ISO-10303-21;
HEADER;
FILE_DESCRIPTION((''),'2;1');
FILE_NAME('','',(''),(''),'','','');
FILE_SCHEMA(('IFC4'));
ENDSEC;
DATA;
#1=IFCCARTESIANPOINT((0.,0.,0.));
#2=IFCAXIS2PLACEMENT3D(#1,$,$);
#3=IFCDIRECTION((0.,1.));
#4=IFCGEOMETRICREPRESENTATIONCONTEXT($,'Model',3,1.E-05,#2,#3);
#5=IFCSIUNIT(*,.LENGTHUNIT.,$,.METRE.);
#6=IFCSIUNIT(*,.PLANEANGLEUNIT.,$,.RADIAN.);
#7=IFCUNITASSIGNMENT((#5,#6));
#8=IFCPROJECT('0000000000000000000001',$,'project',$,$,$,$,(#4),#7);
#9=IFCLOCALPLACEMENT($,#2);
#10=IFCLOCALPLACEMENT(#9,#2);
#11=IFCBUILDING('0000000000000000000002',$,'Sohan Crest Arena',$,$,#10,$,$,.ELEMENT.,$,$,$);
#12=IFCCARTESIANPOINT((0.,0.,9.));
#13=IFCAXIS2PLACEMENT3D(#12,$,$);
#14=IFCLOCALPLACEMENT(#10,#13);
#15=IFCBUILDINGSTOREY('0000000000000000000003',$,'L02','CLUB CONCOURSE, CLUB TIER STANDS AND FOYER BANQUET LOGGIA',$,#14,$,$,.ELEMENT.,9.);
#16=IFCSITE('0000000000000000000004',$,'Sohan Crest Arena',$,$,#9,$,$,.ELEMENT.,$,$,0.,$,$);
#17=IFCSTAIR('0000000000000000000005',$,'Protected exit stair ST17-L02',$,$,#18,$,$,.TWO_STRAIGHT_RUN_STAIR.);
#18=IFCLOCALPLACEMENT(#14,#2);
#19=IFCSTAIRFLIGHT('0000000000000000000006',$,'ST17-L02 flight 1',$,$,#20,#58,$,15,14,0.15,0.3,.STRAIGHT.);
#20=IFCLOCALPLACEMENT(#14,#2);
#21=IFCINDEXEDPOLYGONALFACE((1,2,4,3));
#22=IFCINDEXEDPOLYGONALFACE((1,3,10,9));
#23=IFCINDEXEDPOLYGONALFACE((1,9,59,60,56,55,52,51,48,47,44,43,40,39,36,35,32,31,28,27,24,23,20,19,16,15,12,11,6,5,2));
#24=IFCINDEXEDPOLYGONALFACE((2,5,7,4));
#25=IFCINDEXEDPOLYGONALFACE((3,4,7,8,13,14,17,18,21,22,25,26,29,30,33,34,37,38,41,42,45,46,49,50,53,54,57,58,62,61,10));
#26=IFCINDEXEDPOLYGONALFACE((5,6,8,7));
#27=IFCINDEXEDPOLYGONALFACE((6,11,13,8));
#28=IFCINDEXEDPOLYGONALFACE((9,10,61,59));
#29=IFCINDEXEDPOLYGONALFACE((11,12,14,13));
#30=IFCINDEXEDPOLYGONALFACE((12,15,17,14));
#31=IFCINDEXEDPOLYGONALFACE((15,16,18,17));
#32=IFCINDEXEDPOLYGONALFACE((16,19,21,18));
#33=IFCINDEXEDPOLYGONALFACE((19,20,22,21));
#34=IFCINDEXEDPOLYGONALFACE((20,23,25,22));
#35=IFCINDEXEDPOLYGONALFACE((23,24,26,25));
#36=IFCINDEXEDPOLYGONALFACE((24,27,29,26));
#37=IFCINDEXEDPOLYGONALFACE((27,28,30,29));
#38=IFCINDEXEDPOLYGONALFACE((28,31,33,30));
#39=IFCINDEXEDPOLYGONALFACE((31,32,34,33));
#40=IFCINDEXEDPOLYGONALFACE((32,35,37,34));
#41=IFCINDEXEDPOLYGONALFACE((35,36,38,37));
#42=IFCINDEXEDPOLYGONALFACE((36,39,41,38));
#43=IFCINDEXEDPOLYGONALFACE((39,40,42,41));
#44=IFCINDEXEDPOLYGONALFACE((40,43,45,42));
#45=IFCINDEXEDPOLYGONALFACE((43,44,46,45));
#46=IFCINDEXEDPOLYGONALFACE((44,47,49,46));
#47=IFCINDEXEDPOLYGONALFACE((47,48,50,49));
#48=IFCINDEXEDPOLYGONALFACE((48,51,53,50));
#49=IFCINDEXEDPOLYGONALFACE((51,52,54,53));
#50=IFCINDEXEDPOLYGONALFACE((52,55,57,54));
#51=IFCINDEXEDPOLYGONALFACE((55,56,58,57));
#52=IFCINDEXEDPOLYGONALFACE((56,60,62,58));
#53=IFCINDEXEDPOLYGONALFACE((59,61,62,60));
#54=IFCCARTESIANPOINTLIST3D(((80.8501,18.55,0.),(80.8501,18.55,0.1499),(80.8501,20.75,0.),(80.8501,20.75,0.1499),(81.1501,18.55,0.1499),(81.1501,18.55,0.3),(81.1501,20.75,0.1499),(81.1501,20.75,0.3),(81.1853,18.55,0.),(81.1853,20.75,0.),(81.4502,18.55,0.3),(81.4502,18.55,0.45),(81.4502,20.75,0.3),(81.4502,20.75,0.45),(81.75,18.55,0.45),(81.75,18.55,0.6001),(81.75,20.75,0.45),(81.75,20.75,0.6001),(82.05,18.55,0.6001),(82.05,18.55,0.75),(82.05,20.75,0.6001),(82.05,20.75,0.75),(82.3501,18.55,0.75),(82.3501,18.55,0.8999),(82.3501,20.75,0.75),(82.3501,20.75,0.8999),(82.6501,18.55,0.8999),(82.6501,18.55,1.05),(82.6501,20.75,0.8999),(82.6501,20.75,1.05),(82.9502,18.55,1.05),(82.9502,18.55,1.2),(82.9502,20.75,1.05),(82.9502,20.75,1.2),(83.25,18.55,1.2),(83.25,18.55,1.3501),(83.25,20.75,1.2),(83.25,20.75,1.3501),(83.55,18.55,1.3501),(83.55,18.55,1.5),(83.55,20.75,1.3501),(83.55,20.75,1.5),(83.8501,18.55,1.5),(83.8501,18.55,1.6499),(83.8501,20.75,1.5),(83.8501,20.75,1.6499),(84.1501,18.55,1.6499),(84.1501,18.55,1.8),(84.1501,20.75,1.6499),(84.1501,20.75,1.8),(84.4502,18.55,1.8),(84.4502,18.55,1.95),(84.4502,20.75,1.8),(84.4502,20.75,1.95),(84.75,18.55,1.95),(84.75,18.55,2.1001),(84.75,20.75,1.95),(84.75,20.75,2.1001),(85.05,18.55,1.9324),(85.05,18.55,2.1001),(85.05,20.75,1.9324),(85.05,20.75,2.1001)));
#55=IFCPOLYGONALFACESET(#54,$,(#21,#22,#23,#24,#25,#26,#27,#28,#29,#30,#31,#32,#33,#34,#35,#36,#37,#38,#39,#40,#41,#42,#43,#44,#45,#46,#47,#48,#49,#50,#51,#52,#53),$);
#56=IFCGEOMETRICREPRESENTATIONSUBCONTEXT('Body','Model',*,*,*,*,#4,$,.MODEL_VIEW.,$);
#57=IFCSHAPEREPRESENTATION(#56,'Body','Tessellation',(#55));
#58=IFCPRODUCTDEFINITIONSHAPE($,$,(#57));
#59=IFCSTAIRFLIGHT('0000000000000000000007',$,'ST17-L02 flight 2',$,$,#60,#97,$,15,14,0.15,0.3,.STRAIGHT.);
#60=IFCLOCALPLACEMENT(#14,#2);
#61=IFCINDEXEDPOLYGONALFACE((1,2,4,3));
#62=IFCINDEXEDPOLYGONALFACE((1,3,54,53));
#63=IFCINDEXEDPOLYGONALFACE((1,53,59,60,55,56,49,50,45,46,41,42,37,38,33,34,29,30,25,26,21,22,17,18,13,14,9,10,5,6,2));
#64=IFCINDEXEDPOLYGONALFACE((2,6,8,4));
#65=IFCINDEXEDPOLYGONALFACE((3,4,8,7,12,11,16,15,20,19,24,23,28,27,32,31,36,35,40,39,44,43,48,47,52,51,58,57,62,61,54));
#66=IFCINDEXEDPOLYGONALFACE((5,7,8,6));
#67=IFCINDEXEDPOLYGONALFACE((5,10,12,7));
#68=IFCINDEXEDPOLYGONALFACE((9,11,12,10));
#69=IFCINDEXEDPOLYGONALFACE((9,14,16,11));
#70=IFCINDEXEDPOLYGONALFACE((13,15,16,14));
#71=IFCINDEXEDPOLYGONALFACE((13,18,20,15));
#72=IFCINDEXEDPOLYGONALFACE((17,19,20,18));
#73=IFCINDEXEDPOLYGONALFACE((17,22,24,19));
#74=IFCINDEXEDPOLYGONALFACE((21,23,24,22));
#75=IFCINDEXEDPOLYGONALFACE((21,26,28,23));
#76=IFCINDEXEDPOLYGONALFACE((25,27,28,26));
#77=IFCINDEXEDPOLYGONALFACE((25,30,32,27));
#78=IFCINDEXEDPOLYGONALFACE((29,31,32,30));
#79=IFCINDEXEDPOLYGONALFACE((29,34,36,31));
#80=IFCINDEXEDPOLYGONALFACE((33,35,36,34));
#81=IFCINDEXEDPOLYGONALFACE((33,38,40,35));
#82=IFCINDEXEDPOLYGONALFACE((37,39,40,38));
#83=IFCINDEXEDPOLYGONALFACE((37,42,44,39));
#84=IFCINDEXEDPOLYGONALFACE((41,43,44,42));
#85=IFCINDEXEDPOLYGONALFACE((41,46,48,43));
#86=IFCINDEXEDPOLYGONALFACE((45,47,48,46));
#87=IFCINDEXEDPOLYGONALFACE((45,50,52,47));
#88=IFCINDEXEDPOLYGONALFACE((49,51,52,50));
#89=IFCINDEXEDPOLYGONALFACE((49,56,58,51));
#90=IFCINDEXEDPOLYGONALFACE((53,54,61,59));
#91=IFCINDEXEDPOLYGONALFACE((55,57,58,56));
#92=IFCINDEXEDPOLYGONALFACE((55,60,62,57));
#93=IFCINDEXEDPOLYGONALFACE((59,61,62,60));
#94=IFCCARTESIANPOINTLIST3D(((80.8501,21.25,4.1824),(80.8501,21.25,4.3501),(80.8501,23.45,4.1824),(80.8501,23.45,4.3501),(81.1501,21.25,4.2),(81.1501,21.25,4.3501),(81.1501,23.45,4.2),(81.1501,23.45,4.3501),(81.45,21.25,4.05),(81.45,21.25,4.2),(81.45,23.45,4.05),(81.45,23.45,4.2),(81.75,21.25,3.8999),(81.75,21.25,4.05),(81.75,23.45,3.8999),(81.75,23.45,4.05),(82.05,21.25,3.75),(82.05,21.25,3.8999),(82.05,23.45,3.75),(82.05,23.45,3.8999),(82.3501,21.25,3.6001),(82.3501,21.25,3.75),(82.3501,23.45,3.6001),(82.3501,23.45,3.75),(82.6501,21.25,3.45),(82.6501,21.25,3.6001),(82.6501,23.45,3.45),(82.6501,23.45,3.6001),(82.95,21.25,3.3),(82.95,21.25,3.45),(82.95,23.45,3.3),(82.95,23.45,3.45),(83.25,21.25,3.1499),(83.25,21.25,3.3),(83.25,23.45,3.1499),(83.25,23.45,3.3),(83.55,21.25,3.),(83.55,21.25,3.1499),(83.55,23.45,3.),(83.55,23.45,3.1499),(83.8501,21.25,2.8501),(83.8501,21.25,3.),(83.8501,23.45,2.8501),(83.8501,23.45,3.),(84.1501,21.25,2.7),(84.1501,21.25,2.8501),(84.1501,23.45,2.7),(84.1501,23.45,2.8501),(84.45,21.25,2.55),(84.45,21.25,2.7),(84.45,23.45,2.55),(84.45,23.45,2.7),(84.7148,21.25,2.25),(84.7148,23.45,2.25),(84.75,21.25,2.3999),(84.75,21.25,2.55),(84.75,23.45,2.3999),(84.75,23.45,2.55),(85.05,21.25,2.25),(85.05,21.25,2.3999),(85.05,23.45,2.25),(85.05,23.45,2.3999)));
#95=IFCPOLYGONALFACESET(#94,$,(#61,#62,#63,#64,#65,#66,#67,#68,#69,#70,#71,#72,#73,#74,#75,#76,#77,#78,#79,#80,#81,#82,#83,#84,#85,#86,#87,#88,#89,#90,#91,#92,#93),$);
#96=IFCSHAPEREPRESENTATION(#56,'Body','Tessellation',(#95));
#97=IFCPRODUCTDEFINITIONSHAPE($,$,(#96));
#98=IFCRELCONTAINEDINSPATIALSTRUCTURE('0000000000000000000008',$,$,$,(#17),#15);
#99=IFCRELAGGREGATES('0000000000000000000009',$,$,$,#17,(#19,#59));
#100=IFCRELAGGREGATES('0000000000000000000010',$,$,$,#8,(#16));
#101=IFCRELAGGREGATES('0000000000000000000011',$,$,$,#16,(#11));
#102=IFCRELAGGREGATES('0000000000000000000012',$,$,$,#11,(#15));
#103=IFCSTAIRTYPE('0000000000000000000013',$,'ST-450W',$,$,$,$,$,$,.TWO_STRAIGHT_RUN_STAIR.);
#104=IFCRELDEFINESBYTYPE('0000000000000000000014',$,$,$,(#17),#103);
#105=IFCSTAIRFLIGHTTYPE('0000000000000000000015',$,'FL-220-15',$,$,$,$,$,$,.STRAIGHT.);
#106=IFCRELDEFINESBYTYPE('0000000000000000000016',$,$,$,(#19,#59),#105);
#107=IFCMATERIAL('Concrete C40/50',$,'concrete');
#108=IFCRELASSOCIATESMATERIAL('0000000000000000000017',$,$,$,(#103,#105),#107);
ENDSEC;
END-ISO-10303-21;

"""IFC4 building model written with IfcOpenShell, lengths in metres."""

from ifc_helpers import new_model, si_unit, direction, frame, origin, place, context, subcontext, project, spatial, polyline, outline, extrude, material, type_object, element, aggregate, save


model = new_model("IFC4")

# Units and contexts
model_context = context("Model", 3, precision=1e-05, world=origin(), true_north=direction((0.0, 1.0)))
body_context = subcontext(model_context, "Body", "Model", "MODEL_VIEW")
ifc_project = project(units=[si_unit("LENGTHUNIT", "METRE"), si_unit("PLANEANGLEUNIT", "RADIAN")], contexts=[model_context])

# Site, building, storey
site_placement = place(None, origin())
site = spatial("IfcSite", under=ifc_project, at=site_placement, Name="Sohan Crest Arena", CompositionType="ELEMENT", RefElevation=0.0)
building_placement = place(site_placement, origin())
building = spatial("IfcBuilding", under=site, at=building_placement, Name="Sohan Crest Arena", CompositionType="ELEMENT")
storey_placement = place(building_placement, frame((0.0, 0.0, 9.0)))
storey = spatial("IfcBuildingStorey", under=building, at=storey_placement, Name="L02", Description="CLUB CONCOURSE, CLUB TIER STANDS AND FOYER BANQUET LOGGIA", CompositionType="ELEMENT", Elevation=9.0)

# Shared definitions
ifc_material_1 = material(Name="Concrete C40/50", Category="concrete")

# Stair, stair flights
stair_type = type_object("IfcStairType", Name="ST-450W", PredefinedType="TWO_STRAIGHT_RUN_STAIR", material=ifc_material_1)
stair_placement = place(storey_placement, origin())
stair = element("IfcStair", 1, at=stair_placement, inside=storey, type_object=stair_type, Name="Protected exit stair ST17-L02", PredefinedType="TWO_STRAIGHT_RUN_STAIR")
stair_flight_type = type_object("IfcStairFlightType", Name="FL-220-15", PredefinedType="STRAIGHT", material=ifc_material_1)
stair_flight_1_placement = place(storey_placement, frame((80.8501, 19.6499, 0.0), z_axis=(0.0, 0.0, 1.0), x_axis=(1.0, 0.0, 0.0)))
stair_flight_1 = element("IfcStairFlight", 2, at=stair_flight_1_placement, type_object=stair_flight_type, Name="ST17-L02 flight 1", NumberOfRisers=15, NumberOfTreads=14, PredefinedType="STRAIGHT", RiserHeight=0.15, TreadLength=0.3, context=body_context, shape_type="SweptSolid", body=[
    extrude(outline(polyline([(0.0, 0.0), (0.0, 0.1499), (0.3, 0.1499), (0.3, 0.3), (0.6001, 0.3), (0.6001, 0.45), (0.8999, 0.45), (0.8999, 0.6001), (1.2, 0.6001), (1.2, 0.75), (1.5, 0.75), (1.5, 0.8999), (1.8, 0.8999), (1.8, 1.05), (2.1001, 1.05), (2.1001, 1.2), (2.3999, 1.2), (2.3999, 1.3501), (2.7, 1.3501), (2.7, 1.5), (3.0, 1.5), (3.0, 1.6499), (3.3, 1.6499), (3.3, 1.8), (3.6001, 1.8), (3.6001, 1.95), (3.8999, 1.95), (3.8999, 2.1001), (4.2, 2.1001), (4.2, 2.25), (4.2, 1.9324), (0.3352, 0.0), (0.0, 0.0)])), frame((0.0, 1.1001, 0.0), z_axis=(0.0, -1.0, 0.0), x_axis=(1.0, 0.0, 0.0)), (0.0, 0.0, 1.0), 2.2),
])
stair_flight_2_placement = place(storey_placement, frame((85.05, 22.3501, 2.25), z_axis=(0.0, 0.0, 1.0), x_axis=(-1.0, 0.0, 0.0)))
stair_flight_2 = element("IfcStairFlight", 3, at=stair_flight_2_placement, type_object=stair_flight_type, Name="ST17-L02 flight 2", NumberOfRisers=15, NumberOfTreads=14, PredefinedType="STRAIGHT", RiserHeight=0.15, TreadLength=0.3, context=body_context, shape_type="SweptSolid", body=[
    extrude(outline(polyline([(0.0, 0.0), (0.0, 0.1499), (0.3, 0.1499), (0.3, 0.3), (0.6001, 0.3), (0.6001, 0.45), (0.8999, 0.45), (0.8999, 0.6001), (1.2, 0.6001), (1.2, 0.75), (1.5, 0.75), (1.5, 0.8999), (1.8, 0.8999), (1.8, 1.05), (2.1001, 1.05), (2.1001, 1.2), (2.3999, 1.2), (2.3999, 1.3501), (2.7, 1.3501), (2.7, 1.5), (3.0, 1.5), (3.0, 1.6499), (3.3, 1.6499), (3.3, 1.8), (3.6001, 1.8), (3.6001, 1.95), (3.8999, 1.95), (3.8999, 2.1001), (4.2, 2.1001), (4.2, 2.25), (4.2, 1.9324), (0.3352, 0.0), (0.0, 0.0)])), frame((0.0, 1.1001, 0.0), z_axis=(0.0, -1.0, 0.0), x_axis=(1.0, 0.0, 0.0)), (0.0, 0.0, 1.0), 2.2),
])
aggregate(stair, [stair_flight_1, stair_flight_2])

save(model, "model.ifc")
